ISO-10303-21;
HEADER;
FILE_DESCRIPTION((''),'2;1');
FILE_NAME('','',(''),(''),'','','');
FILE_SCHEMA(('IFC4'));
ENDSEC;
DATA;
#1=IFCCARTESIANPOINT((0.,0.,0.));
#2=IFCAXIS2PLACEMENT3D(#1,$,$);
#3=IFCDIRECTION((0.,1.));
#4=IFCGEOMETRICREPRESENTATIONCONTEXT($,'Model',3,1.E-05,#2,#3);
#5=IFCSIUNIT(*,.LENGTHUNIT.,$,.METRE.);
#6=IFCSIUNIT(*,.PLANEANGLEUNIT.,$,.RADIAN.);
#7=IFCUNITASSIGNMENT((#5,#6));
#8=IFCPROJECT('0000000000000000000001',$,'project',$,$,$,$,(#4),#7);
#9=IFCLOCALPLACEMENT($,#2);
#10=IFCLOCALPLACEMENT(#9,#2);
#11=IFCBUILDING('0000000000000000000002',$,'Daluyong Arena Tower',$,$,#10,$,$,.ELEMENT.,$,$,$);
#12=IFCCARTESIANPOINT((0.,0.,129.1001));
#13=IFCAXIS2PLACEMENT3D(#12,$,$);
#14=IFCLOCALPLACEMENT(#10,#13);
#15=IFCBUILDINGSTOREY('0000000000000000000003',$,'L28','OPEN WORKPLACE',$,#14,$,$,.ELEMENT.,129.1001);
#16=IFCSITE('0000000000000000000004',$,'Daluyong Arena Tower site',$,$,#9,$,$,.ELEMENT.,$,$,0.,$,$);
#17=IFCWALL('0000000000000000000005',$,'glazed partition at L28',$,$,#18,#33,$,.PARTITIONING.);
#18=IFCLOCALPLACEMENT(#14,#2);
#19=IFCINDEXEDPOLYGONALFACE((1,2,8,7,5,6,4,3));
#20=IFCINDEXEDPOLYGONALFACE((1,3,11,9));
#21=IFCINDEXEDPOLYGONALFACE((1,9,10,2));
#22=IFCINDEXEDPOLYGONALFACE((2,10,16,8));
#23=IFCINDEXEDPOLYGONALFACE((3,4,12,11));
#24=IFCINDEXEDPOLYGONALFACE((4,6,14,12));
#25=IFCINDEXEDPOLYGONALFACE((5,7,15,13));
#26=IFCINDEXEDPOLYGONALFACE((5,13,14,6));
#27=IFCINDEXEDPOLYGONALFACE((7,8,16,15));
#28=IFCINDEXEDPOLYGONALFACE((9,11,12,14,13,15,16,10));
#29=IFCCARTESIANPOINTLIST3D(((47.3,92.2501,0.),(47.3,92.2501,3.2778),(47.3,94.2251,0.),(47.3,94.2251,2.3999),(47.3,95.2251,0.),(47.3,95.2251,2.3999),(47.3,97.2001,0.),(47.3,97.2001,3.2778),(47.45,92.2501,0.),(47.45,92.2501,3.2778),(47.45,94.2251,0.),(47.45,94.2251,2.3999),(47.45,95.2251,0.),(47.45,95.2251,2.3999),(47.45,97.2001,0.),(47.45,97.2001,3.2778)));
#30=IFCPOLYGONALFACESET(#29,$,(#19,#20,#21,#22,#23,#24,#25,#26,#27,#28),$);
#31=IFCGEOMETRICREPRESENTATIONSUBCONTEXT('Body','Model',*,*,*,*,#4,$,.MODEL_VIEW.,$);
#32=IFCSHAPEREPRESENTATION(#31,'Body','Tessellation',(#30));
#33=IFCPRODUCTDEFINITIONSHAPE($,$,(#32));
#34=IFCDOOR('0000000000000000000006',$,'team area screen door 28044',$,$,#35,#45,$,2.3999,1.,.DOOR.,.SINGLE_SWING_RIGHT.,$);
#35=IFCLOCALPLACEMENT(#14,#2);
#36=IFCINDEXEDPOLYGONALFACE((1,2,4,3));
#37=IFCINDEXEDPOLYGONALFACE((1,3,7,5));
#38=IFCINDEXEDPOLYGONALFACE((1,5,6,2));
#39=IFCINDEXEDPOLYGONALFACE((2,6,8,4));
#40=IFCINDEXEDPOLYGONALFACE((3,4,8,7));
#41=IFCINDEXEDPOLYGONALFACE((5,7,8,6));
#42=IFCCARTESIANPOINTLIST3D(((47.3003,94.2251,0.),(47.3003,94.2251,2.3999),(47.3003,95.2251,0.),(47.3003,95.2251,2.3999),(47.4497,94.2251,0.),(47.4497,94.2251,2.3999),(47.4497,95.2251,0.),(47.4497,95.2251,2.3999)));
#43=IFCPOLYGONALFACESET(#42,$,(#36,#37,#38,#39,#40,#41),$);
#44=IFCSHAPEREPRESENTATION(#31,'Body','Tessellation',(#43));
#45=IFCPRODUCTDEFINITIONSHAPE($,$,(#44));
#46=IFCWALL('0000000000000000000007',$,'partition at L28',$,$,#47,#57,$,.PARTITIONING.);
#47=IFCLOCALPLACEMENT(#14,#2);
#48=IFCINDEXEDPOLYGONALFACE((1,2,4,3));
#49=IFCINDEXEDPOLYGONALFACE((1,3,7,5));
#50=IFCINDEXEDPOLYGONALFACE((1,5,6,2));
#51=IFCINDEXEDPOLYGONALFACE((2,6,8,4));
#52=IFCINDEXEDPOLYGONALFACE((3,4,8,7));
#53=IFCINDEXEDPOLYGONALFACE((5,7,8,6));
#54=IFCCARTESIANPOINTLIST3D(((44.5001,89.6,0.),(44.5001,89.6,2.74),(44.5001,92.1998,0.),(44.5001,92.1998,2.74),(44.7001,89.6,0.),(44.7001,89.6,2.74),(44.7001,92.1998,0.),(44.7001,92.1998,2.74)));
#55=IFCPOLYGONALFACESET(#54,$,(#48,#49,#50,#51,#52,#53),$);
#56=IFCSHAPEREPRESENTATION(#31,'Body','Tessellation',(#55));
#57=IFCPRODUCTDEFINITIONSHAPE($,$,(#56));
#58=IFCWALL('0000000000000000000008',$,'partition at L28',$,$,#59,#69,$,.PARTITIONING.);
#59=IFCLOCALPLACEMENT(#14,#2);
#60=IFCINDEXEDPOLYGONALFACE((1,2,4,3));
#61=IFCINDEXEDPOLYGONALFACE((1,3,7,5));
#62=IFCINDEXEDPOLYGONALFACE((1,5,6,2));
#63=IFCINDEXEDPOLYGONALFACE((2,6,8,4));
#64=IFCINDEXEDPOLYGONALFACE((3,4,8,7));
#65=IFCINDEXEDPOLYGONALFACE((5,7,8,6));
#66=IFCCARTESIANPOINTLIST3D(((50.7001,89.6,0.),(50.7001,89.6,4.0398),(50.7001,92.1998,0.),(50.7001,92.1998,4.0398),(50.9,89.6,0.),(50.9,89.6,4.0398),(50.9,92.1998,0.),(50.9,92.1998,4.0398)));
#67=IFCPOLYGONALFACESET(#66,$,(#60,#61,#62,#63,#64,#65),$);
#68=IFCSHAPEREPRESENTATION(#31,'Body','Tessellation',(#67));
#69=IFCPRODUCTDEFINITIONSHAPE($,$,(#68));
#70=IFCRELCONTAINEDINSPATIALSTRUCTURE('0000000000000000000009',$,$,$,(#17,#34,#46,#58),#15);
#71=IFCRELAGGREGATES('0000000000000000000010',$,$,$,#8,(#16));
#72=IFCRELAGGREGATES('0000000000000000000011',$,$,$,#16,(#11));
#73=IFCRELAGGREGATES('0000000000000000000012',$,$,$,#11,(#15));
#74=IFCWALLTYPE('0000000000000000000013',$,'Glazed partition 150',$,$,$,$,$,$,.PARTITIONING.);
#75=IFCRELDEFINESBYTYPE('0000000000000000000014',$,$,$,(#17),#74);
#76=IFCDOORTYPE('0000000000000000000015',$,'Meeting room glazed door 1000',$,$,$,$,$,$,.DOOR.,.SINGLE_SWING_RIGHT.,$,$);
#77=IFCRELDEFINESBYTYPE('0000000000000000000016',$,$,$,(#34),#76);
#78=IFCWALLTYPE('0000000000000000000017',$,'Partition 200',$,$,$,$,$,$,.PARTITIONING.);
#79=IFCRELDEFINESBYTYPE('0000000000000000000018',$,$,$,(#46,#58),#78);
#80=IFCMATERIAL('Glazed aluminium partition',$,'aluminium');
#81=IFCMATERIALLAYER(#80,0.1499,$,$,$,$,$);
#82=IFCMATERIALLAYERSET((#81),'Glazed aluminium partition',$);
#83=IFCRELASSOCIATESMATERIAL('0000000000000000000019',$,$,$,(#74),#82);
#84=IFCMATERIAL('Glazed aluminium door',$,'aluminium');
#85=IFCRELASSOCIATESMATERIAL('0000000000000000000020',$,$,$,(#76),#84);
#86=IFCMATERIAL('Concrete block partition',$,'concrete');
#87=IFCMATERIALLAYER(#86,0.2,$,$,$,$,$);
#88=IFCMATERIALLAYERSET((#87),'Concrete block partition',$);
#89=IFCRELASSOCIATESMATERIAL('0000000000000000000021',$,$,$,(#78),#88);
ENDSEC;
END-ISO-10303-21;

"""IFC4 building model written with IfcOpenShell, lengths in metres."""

from ifc_helpers import new_model, si_unit, direction, frame, frame_2d, origin, place, context, subcontext, project, spatial, rectangle, extrude, material, layer, layer_set, type_object, element, fill, save


model = new_model("IFC4")

# Units and contexts
model_context = context("Model", 3, precision=1e-05, world=origin(), true_north=direction((0.0, 1.0)))
body_context = subcontext(model_context, "Body", "Model", "MODEL_VIEW")
ifc_project = project(units=[si_unit("LENGTHUNIT", "METRE"), si_unit("PLANEANGLEUNIT", "RADIAN")], contexts=[model_context])

# Site, building, storey
site_placement = place(None, origin())
site = spatial("IfcSite", under=ifc_project, at=site_placement, Name="Daluyong Arena Tower site", CompositionType="ELEMENT", RefElevation=0.0)
building_placement = place(site_placement, origin())
building = spatial("IfcBuilding", under=site, at=building_placement, Name="Daluyong Arena Tower", CompositionType="ELEMENT")
storey_placement = place(building_placement, frame((0.0, 0.0, 129.1001)))
storey = spatial("IfcBuildingStorey", under=building, at=storey_placement, Name="L28", Description="OPEN WORKPLACE", CompositionType="ELEMENT", Elevation=129.1001)

# Wall, opening, door
ifc_material_1 = material(Name="Glazed aluminium partition", Category="aluminium")
ifc_layer_1 = layer(ifc_material_1, 0.1499)
ifc_layer_set_1 = layer_set([ifc_layer_1], Name="Glazed aluminium partition")
wall_type_1 = type_object("IfcWallType", Name="Glazed partition 150", PredefinedType="PARTITIONING", material=ifc_layer_set_1)
wall_1_placement = place(storey_placement, frame((47.375, 92.25, 0.0), z_axis=(0.0, 0.0, 1.0), x_axis=(0.0, 1.0, 0.0)))
wall_1 = element("IfcWall", 1, at=wall_1_placement, inside=storey, type_object=wall_type_1, Name="glazed partition at L28", PredefinedType="PARTITIONING", context=body_context, shape_type="SweptSolid", body=[
    extrude(rectangle(XDim=4.95, YDim=0.1499, at=frame_2d((2.4751, 0.0))), origin(), (0.0, 0.0, 1.0), 3.2778),
])
opening_1_placement = place(wall_1_placement, frame((1.9751, 0.0, 0.0)))
opening_1 = element("IfcOpeningElement", 2, at=opening_1_placement, cuts=wall_1, PredefinedType="OPENING", context=body_context, shape_type="SweptSolid", body=[
    extrude(rectangle(XDim=1.0, YDim=2.3999, at=frame_2d((0.5, 1.2))), frame((0.0, 0.085, 0.0), z_axis=(0.0, -1.0, 0.0), x_axis=(1.0, 0.0, 0.0)), (0.0, 0.0, 1.0), 0.1699),
])
ifc_material_2 = material(Name="Glazed aluminium door", Category="aluminium")
door_type_1 = type_object("IfcDoorType", Name="Meeting room glazed door 1000", OperationType="SINGLE_SWING_RIGHT", PredefinedType="DOOR", material=ifc_material_2)
door_1_placement = place(opening_1_placement, origin())
door_1 = element("IfcDoor", 3, at=door_1_placement, inside=storey, type_object=door_type_1, Name="team area screen door 28044", OperationType="SINGLE_SWING_RIGHT", OverallHeight=2.3999, OverallWidth=1.0, PredefinedType="DOOR", context=body_context, shape_type="SweptSolid", body=[
    extrude(rectangle(XDim=1.0, YDim=2.3999, at=frame_2d((0.5, 1.2))), frame((0.0, 0.0747, 0.0), z_axis=(0.0, -1.0, 0.0), x_axis=(1.0, 0.0, 0.0)), (0.0, 0.0, 1.0), 0.1494),
])
fill(opening_1, door_1)

# Walls
ifc_material_3 = material(Name="Concrete block partition", Category="concrete")
ifc_layer_2 = layer(ifc_material_3, 0.2)
ifc_layer_set_2 = layer_set([ifc_layer_2], Name="Concrete block partition")
wall_type_2 = type_object("IfcWallType", Name="Partition 200", PredefinedType="PARTITIONING", material=ifc_layer_set_2)
wall_2_placement = place(storey_placement, frame((44.6001, 89.6001, 0.0), z_axis=(0.0, 0.0, 1.0), x_axis=(0.0, 1.0, 0.0)))
element("IfcWall", 4, at=wall_2_placement, inside=storey, type_object=wall_type_2, Name="partition at L28", PredefinedType="PARTITIONING", context=body_context, shape_type="SweptSolid", body=[
    extrude(rectangle(XDim=2.5999, YDim=0.2, at=frame_2d((1.2998, 0.0))), origin(), (0.0, 0.0, 1.0), 2.74),
])
wall_3_placement = place(storey_placement, frame((50.8, 89.6001, 0.0), z_axis=(0.0, 0.0, 1.0), x_axis=(0.0, 1.0, 0.0)))
element("IfcWall", 5, at=wall_3_placement, inside=storey, type_object=wall_type_2, Name="partition at L28", PredefinedType="PARTITIONING", context=body_context, shape_type="SweptSolid", body=[
    extrude(rectangle(XDim=2.5999, YDim=0.2, at=frame_2d((1.2998, 0.0))), origin(), (0.0, 0.0, 1.0), 4.0398),
])

save(model, "model.ifc")
